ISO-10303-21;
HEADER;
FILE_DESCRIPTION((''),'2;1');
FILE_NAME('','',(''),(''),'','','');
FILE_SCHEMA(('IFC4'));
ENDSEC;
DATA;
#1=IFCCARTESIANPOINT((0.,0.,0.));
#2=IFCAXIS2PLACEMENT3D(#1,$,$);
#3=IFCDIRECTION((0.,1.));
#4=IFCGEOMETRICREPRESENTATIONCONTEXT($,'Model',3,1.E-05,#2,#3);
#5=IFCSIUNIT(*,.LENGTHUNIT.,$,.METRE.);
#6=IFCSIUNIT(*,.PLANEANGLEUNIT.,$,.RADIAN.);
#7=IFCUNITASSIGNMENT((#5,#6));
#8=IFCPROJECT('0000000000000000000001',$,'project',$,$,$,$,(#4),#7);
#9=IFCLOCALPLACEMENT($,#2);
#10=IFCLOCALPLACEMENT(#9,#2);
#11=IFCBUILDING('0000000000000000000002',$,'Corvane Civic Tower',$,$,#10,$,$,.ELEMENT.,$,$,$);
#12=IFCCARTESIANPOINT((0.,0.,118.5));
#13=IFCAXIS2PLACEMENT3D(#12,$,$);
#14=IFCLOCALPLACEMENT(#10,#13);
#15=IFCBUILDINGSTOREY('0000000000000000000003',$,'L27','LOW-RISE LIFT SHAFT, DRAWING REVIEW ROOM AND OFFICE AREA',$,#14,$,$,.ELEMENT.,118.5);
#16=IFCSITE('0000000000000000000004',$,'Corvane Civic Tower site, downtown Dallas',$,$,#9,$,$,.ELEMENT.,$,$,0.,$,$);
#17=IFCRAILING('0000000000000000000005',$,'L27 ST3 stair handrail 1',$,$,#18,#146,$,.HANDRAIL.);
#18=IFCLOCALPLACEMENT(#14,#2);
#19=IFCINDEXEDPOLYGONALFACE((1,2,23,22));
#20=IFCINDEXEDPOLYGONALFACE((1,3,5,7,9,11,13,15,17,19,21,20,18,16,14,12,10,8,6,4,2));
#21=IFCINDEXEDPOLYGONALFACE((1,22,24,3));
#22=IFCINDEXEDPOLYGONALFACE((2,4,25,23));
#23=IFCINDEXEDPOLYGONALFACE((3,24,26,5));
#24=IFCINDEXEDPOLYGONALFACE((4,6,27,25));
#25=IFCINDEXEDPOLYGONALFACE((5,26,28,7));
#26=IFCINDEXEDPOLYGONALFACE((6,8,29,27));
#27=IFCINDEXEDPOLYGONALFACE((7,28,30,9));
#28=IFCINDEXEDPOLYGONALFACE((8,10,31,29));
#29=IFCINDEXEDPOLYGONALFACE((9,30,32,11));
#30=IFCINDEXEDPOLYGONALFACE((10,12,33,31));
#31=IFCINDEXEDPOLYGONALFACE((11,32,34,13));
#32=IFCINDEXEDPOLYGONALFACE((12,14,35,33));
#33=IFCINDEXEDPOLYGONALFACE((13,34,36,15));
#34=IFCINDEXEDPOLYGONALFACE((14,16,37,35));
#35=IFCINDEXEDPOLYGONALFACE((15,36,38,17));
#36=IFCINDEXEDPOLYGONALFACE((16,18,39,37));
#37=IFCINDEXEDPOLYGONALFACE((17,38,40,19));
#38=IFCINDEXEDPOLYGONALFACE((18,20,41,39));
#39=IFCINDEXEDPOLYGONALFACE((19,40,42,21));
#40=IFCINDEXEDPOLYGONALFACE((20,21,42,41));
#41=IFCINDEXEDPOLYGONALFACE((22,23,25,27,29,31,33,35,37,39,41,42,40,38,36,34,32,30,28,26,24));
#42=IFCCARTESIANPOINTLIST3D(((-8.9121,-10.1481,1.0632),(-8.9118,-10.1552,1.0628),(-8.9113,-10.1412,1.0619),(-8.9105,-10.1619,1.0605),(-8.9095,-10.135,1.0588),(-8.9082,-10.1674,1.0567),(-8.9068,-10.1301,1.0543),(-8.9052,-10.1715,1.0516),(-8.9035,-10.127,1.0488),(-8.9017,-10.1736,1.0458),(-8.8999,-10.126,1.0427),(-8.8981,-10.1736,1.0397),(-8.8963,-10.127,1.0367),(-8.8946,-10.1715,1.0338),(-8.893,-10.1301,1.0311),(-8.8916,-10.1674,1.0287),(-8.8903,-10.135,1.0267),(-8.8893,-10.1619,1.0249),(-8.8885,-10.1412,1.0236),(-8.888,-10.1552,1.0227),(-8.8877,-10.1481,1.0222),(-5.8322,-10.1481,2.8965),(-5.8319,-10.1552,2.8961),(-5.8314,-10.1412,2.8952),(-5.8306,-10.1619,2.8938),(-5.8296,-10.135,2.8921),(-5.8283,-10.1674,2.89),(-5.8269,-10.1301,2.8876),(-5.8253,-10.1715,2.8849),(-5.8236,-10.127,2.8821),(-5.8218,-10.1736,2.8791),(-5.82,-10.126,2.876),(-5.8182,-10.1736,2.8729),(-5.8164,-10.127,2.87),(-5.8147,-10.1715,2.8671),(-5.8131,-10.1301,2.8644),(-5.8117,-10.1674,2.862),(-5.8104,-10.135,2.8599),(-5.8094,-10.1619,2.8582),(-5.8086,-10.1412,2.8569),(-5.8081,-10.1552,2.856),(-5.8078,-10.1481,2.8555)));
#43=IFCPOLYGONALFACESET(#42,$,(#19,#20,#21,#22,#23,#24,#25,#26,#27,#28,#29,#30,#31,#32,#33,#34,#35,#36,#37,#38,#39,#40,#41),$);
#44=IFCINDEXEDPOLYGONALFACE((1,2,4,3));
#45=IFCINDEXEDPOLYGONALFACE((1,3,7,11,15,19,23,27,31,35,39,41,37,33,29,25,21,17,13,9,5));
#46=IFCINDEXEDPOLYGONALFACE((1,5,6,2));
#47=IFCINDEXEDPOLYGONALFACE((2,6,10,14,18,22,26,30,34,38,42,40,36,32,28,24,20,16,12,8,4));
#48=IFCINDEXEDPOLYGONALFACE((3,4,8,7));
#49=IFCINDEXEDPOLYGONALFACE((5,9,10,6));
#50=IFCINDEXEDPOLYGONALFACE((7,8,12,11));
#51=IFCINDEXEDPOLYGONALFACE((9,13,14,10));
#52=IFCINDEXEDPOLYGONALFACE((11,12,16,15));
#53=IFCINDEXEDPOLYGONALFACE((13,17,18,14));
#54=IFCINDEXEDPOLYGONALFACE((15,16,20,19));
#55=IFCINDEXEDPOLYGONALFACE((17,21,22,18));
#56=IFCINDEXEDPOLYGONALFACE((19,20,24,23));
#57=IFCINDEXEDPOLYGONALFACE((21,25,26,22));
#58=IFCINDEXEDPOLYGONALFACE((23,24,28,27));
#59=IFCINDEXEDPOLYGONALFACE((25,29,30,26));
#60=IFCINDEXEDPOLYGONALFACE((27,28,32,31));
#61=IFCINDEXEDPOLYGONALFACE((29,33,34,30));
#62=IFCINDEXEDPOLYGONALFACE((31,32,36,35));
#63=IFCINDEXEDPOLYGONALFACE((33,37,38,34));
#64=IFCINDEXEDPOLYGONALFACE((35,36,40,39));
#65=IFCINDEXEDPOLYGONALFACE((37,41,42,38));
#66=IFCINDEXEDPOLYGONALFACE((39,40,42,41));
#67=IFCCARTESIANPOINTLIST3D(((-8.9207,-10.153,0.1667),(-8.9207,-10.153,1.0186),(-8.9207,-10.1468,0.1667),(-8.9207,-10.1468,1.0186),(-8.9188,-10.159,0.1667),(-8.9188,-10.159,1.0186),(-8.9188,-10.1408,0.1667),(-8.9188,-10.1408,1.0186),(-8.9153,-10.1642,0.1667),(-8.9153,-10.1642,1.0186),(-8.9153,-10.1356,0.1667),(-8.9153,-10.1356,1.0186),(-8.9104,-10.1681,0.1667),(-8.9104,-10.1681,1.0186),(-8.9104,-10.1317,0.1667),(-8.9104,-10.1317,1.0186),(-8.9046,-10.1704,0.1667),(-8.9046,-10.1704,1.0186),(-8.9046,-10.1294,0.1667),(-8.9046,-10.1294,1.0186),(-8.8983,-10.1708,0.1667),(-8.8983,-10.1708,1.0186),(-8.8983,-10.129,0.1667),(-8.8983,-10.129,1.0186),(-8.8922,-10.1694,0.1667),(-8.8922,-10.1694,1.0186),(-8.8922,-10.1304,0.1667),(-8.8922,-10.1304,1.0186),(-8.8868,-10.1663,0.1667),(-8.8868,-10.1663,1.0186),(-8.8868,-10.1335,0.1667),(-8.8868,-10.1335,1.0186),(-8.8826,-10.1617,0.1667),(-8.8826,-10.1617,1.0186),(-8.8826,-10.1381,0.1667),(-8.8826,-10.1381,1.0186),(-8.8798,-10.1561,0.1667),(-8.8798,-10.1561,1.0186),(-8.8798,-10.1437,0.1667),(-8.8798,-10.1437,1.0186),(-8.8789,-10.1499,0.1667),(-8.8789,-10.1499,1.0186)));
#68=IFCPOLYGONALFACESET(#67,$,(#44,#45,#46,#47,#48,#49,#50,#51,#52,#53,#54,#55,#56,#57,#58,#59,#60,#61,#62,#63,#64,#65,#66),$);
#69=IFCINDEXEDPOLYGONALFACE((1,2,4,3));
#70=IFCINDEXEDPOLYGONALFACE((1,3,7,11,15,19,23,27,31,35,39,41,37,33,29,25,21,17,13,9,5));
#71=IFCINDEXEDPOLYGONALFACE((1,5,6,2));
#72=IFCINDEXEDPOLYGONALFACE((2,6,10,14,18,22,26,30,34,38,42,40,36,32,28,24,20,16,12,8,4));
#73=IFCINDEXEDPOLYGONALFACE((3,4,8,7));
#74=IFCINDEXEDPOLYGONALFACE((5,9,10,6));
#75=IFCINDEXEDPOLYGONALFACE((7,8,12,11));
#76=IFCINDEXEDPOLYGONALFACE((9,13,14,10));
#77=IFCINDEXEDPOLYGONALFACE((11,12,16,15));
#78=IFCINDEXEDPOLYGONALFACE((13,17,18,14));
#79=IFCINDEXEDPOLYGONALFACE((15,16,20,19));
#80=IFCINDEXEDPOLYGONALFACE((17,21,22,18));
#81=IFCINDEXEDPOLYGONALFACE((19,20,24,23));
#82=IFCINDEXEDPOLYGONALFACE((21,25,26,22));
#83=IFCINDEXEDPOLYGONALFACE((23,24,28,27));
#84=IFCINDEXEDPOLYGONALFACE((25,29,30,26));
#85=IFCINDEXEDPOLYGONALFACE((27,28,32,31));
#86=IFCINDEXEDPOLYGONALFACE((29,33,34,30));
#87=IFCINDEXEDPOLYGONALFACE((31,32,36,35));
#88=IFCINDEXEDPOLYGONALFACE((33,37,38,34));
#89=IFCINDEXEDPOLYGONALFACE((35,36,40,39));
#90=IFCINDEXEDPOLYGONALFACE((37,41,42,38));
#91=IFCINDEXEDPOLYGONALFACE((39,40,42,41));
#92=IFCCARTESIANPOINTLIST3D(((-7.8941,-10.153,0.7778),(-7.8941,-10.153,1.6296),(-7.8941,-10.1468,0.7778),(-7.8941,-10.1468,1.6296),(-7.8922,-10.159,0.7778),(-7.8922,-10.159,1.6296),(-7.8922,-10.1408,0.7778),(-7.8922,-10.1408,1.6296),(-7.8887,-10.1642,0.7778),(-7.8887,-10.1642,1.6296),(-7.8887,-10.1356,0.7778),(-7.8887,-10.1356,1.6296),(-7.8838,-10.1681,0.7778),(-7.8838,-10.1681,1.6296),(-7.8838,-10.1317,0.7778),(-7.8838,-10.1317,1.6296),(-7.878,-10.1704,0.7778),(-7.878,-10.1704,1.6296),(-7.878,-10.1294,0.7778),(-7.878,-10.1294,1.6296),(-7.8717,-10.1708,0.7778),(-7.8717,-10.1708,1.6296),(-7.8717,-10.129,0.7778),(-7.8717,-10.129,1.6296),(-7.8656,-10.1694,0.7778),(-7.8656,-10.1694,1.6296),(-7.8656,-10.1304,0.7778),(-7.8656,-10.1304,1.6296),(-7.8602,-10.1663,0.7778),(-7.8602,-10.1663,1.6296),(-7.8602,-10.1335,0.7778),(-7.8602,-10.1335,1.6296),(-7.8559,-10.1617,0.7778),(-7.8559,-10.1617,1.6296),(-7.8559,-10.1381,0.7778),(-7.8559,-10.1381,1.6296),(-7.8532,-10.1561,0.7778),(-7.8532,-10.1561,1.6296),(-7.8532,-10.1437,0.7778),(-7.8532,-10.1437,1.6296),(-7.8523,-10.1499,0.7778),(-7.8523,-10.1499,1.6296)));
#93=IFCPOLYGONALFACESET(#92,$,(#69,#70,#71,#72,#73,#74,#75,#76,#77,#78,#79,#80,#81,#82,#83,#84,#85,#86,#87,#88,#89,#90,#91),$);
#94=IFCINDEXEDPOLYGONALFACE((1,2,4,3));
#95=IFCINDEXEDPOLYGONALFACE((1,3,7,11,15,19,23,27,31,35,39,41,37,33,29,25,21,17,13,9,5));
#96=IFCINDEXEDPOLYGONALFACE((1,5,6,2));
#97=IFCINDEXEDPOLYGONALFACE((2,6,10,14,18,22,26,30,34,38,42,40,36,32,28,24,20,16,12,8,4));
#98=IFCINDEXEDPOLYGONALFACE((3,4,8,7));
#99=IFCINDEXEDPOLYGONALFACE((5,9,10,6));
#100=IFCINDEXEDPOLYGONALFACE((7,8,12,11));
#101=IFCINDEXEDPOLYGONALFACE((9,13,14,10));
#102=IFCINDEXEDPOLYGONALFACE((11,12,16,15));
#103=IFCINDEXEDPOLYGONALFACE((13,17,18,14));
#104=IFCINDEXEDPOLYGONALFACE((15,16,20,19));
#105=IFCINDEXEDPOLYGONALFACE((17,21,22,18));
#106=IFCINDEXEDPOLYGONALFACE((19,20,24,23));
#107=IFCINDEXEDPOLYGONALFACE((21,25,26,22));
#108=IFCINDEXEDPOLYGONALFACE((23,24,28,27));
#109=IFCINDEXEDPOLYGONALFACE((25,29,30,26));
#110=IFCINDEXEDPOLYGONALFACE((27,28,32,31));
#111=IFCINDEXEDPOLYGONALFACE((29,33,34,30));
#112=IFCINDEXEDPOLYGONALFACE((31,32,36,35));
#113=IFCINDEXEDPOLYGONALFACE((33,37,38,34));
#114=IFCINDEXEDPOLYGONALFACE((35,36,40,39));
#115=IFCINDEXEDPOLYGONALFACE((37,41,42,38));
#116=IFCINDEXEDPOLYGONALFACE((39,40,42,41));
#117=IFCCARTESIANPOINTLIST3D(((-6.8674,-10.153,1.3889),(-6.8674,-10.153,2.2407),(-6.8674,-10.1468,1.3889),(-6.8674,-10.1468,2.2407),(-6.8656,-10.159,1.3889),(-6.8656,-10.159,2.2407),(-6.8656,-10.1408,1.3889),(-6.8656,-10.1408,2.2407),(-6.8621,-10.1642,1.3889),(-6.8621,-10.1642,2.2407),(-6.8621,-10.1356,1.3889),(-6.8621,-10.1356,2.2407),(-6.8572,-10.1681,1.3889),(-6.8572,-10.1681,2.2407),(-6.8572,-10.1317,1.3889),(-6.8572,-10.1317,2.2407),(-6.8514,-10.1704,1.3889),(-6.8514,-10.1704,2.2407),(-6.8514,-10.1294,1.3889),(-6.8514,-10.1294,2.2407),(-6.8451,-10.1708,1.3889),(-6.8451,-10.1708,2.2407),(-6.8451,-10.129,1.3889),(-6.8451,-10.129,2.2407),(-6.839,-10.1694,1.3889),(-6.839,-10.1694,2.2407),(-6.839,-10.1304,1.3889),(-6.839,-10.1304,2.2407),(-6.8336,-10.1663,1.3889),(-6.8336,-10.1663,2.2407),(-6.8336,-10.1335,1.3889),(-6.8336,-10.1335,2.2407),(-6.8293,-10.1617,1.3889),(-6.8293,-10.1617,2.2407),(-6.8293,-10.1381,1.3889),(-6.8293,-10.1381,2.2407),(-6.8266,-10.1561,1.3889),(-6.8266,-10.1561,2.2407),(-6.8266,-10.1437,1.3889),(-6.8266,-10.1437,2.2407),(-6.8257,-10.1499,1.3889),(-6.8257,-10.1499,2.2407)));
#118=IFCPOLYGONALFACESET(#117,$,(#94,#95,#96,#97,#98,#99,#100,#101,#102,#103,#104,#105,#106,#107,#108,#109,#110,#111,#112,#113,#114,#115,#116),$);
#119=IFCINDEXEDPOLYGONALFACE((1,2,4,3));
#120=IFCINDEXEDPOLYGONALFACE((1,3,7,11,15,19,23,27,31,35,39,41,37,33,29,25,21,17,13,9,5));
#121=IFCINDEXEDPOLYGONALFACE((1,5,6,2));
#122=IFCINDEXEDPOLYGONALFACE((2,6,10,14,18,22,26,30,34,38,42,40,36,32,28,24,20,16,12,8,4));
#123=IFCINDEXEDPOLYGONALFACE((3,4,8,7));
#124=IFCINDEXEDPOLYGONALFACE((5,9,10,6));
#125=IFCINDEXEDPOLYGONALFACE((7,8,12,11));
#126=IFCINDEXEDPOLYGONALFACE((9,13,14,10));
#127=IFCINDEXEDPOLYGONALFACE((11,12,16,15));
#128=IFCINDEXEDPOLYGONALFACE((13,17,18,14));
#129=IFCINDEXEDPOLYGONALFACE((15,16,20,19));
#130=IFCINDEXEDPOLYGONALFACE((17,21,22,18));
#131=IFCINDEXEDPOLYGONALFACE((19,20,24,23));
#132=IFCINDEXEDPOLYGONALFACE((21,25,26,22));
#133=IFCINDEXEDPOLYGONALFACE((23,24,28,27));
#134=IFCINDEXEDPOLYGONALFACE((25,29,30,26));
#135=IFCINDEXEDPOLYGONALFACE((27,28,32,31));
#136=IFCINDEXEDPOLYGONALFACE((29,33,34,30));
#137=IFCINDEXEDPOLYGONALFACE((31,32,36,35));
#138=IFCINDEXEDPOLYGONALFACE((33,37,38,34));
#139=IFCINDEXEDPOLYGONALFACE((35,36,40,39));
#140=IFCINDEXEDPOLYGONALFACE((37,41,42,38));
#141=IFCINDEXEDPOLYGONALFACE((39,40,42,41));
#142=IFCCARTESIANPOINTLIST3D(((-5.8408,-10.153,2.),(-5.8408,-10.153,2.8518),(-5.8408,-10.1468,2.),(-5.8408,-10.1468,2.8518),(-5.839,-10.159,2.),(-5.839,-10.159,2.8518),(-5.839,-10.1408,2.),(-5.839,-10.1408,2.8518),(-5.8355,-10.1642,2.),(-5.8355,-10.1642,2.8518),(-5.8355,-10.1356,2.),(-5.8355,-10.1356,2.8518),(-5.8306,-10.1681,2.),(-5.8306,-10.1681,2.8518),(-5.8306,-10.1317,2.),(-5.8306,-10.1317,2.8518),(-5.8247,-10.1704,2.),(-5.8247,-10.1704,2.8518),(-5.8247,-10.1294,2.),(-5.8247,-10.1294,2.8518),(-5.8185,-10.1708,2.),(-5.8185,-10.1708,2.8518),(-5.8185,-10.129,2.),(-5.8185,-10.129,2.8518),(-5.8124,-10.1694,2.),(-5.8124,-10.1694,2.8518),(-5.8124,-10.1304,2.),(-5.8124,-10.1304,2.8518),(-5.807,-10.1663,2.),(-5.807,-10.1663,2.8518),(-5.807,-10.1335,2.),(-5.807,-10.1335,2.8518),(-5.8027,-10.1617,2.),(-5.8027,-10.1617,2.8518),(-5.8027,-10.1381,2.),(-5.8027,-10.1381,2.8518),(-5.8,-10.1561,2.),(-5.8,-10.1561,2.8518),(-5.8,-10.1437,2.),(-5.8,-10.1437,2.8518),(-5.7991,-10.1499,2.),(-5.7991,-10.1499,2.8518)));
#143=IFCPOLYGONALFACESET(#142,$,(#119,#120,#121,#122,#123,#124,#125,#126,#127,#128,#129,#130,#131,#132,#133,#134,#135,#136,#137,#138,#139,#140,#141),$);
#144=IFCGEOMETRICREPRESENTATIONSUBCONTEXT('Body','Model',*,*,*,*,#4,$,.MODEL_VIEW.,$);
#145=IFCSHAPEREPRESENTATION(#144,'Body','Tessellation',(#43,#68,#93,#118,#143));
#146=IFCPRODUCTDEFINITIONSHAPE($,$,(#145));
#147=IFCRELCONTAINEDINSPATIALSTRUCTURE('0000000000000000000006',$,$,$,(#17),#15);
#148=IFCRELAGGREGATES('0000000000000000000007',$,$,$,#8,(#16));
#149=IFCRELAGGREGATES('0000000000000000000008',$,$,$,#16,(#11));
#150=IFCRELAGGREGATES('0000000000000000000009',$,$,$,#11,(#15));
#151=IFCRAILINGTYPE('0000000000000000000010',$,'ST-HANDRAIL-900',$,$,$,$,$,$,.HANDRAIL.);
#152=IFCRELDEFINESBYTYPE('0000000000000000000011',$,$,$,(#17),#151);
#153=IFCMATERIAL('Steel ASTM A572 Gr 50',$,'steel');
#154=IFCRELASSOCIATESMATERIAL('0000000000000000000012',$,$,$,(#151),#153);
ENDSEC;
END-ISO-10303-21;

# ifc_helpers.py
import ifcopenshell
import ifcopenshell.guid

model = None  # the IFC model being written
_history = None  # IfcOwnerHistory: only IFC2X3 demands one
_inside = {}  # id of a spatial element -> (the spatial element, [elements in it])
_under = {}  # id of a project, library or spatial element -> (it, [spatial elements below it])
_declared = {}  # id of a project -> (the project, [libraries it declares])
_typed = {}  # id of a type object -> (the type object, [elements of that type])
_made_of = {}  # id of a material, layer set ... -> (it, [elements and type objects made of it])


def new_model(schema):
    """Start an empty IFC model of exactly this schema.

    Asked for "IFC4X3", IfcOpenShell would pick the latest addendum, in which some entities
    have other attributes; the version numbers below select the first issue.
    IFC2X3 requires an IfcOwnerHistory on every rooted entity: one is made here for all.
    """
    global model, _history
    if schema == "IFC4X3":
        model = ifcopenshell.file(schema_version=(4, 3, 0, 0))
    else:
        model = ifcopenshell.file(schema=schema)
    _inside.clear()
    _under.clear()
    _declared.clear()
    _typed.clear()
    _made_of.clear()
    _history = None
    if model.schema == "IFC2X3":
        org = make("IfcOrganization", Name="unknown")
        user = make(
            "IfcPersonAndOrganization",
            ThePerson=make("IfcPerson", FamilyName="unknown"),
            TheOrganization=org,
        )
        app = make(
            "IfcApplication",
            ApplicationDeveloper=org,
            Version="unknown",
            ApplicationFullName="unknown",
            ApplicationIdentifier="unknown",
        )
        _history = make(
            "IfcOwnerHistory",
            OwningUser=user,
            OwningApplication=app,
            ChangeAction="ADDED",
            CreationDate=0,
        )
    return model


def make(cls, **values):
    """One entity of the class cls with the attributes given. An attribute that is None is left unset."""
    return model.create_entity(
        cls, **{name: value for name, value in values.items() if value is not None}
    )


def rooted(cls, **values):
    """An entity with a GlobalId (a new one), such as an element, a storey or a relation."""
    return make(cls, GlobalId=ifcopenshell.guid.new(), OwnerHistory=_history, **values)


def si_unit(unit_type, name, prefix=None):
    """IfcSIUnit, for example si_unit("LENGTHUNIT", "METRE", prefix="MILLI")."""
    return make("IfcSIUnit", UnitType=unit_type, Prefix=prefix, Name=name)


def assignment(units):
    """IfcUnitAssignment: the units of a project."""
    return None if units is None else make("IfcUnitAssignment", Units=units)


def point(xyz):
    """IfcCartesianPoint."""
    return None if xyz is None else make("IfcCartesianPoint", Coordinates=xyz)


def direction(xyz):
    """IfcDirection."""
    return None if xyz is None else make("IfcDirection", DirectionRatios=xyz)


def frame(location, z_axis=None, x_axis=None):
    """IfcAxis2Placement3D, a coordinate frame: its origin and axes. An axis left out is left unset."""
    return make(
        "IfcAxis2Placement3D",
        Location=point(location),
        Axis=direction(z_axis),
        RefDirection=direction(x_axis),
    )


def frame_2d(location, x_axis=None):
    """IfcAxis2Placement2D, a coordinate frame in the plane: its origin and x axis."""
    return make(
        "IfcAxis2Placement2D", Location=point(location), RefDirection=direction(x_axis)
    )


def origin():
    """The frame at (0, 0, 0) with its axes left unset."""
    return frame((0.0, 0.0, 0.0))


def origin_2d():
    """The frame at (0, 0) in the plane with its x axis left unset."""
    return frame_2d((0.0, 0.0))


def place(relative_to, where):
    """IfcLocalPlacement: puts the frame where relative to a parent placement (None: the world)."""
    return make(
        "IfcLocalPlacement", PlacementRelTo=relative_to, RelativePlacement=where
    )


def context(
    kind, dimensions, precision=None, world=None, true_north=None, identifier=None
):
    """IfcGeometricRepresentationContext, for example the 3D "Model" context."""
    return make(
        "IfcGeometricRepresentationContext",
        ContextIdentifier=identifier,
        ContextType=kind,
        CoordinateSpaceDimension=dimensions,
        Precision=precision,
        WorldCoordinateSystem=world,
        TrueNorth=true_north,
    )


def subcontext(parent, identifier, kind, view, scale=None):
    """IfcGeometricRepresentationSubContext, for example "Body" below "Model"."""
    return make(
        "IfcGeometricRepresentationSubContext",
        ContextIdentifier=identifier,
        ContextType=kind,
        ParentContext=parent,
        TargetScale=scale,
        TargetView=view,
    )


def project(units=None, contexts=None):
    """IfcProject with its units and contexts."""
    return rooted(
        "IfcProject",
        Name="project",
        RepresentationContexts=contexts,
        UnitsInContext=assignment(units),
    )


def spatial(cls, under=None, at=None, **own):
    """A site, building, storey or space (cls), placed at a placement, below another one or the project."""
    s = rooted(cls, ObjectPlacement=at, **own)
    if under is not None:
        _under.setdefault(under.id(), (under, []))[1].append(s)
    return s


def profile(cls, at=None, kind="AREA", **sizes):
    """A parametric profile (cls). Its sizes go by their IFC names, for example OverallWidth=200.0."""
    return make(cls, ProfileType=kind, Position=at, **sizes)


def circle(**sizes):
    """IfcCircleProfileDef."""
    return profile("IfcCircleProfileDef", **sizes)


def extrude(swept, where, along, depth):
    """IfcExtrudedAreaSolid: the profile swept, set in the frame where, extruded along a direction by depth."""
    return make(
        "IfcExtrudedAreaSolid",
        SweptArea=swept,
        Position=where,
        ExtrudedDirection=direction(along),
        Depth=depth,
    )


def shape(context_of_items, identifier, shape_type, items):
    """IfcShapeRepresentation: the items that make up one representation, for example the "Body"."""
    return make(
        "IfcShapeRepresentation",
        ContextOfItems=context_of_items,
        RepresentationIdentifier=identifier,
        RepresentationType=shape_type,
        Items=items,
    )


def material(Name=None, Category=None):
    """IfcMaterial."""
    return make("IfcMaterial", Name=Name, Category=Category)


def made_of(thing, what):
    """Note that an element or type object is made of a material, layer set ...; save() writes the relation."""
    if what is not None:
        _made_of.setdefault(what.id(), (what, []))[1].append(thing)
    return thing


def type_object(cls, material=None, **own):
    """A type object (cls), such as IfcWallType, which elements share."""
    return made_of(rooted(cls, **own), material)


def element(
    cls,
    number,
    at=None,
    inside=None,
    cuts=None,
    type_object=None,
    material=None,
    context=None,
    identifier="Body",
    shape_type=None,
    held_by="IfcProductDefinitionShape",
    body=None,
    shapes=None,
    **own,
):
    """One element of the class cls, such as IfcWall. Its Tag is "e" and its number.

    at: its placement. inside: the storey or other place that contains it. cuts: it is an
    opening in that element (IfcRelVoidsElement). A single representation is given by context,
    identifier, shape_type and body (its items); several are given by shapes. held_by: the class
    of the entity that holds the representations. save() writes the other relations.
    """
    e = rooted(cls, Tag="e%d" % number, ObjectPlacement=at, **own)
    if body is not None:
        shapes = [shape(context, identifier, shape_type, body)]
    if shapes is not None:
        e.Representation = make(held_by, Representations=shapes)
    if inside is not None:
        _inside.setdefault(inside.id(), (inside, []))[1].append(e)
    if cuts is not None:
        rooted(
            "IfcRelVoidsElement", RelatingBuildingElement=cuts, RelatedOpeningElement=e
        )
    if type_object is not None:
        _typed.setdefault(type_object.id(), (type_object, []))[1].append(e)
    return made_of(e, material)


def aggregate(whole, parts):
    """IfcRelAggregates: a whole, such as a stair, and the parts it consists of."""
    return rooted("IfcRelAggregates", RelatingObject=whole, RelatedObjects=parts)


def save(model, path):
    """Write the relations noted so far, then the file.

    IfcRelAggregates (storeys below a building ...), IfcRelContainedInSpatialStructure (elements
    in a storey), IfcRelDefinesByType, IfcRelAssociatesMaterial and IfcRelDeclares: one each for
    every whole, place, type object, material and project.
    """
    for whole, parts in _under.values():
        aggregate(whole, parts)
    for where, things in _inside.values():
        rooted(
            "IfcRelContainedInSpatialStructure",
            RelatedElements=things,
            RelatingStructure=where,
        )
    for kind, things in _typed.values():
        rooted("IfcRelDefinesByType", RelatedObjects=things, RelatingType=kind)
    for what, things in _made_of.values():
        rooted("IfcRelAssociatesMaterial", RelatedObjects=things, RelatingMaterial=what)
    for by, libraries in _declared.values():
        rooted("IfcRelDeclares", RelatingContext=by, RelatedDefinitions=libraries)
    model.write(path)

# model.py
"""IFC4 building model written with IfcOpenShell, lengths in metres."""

from ifc_helpers import new_model, si_unit, direction, frame, origin, origin_2d, place, context, subcontext, project, spatial, circle, extrude, material, type_object, element, save


model = new_model("IFC4")

# Units and contexts
model_context = context("Model", 3, precision=1e-05, world=origin(), true_north=direction((0.0, 1.0)))
body_context = subcontext(model_context, "Body", "Model", "MODEL_VIEW")
ifc_project = project(units=[si_unit("LENGTHUNIT", "METRE"), si_unit("PLANEANGLEUNIT", "RADIAN")], contexts=[model_context])

# Site, building, storey
site_placement = place(None, origin())
site = spatial("IfcSite", under=ifc_project, at=site_placement, Name="Corvane Civic Tower site, downtown Dallas", CompositionType="ELEMENT", RefElevation=0.0)
building_placement = place(site_placement, origin())
building = spatial("IfcBuilding", under=site, at=building_placement, Name="Corvane Civic Tower", CompositionType="ELEMENT")
storey_placement = place(building_placement, frame((0.0, 0.0, 118.5)))
storey = spatial("IfcBuildingStorey", under=building, at=storey_placement, Name="L27", Description="LOW-RISE LIFT SHAFT, DRAWING REVIEW ROOM AND OFFICE AREA", CompositionType="ELEMENT", Elevation=118.5)

# Railing
ifc_material_1 = material(Name="Steel ASTM A572 Gr 50", Category="steel")
railing_type = type_object("IfcRailingType", Name="ST-HANDRAIL-900", PredefinedType="HANDRAIL", material=ifc_material_1)
railing_placement = place(storey_placement, frame((-8.8999, -10.1499, 0.1667)))
element("IfcRailing", 1, at=railing_placement, inside=storey, type_object=railing_type, Name="L27 ST3 stair handrail 1", PredefinedType="HANDRAIL", context=body_context, shape_type="SweptSolid", body=[
    extrude(circle(Radius=0.0239, at=origin_2d()), frame((0.0, 0.0, 0.876), z_axis=(0.859291, 0.0, 0.511487), x_axis=(0.0, 1.0, 0.0)), (0.0, 0.0, 1.0), 3.5842),
    extrude(circle(Radius=0.021, at=origin_2d()), origin(), (0.0, 0.0, 1.0), 0.8518),
    extrude(circle(Radius=0.021, at=origin_2d()), frame((1.0266, 0.0, 0.6111)), (0.0, 0.0, 1.0), 0.8518),
    extrude(circle(Radius=0.021, at=origin_2d()), frame((2.0532, 0.0, 1.2222)), (0.0, 0.0, 1.0), 0.8518),
    extrude(circle(Radius=0.021, at=origin_2d()), frame((3.0798, 0.0, 1.8333)), (0.0, 0.0, 1.0), 0.8518),
])

save(model, "model.ifc")
